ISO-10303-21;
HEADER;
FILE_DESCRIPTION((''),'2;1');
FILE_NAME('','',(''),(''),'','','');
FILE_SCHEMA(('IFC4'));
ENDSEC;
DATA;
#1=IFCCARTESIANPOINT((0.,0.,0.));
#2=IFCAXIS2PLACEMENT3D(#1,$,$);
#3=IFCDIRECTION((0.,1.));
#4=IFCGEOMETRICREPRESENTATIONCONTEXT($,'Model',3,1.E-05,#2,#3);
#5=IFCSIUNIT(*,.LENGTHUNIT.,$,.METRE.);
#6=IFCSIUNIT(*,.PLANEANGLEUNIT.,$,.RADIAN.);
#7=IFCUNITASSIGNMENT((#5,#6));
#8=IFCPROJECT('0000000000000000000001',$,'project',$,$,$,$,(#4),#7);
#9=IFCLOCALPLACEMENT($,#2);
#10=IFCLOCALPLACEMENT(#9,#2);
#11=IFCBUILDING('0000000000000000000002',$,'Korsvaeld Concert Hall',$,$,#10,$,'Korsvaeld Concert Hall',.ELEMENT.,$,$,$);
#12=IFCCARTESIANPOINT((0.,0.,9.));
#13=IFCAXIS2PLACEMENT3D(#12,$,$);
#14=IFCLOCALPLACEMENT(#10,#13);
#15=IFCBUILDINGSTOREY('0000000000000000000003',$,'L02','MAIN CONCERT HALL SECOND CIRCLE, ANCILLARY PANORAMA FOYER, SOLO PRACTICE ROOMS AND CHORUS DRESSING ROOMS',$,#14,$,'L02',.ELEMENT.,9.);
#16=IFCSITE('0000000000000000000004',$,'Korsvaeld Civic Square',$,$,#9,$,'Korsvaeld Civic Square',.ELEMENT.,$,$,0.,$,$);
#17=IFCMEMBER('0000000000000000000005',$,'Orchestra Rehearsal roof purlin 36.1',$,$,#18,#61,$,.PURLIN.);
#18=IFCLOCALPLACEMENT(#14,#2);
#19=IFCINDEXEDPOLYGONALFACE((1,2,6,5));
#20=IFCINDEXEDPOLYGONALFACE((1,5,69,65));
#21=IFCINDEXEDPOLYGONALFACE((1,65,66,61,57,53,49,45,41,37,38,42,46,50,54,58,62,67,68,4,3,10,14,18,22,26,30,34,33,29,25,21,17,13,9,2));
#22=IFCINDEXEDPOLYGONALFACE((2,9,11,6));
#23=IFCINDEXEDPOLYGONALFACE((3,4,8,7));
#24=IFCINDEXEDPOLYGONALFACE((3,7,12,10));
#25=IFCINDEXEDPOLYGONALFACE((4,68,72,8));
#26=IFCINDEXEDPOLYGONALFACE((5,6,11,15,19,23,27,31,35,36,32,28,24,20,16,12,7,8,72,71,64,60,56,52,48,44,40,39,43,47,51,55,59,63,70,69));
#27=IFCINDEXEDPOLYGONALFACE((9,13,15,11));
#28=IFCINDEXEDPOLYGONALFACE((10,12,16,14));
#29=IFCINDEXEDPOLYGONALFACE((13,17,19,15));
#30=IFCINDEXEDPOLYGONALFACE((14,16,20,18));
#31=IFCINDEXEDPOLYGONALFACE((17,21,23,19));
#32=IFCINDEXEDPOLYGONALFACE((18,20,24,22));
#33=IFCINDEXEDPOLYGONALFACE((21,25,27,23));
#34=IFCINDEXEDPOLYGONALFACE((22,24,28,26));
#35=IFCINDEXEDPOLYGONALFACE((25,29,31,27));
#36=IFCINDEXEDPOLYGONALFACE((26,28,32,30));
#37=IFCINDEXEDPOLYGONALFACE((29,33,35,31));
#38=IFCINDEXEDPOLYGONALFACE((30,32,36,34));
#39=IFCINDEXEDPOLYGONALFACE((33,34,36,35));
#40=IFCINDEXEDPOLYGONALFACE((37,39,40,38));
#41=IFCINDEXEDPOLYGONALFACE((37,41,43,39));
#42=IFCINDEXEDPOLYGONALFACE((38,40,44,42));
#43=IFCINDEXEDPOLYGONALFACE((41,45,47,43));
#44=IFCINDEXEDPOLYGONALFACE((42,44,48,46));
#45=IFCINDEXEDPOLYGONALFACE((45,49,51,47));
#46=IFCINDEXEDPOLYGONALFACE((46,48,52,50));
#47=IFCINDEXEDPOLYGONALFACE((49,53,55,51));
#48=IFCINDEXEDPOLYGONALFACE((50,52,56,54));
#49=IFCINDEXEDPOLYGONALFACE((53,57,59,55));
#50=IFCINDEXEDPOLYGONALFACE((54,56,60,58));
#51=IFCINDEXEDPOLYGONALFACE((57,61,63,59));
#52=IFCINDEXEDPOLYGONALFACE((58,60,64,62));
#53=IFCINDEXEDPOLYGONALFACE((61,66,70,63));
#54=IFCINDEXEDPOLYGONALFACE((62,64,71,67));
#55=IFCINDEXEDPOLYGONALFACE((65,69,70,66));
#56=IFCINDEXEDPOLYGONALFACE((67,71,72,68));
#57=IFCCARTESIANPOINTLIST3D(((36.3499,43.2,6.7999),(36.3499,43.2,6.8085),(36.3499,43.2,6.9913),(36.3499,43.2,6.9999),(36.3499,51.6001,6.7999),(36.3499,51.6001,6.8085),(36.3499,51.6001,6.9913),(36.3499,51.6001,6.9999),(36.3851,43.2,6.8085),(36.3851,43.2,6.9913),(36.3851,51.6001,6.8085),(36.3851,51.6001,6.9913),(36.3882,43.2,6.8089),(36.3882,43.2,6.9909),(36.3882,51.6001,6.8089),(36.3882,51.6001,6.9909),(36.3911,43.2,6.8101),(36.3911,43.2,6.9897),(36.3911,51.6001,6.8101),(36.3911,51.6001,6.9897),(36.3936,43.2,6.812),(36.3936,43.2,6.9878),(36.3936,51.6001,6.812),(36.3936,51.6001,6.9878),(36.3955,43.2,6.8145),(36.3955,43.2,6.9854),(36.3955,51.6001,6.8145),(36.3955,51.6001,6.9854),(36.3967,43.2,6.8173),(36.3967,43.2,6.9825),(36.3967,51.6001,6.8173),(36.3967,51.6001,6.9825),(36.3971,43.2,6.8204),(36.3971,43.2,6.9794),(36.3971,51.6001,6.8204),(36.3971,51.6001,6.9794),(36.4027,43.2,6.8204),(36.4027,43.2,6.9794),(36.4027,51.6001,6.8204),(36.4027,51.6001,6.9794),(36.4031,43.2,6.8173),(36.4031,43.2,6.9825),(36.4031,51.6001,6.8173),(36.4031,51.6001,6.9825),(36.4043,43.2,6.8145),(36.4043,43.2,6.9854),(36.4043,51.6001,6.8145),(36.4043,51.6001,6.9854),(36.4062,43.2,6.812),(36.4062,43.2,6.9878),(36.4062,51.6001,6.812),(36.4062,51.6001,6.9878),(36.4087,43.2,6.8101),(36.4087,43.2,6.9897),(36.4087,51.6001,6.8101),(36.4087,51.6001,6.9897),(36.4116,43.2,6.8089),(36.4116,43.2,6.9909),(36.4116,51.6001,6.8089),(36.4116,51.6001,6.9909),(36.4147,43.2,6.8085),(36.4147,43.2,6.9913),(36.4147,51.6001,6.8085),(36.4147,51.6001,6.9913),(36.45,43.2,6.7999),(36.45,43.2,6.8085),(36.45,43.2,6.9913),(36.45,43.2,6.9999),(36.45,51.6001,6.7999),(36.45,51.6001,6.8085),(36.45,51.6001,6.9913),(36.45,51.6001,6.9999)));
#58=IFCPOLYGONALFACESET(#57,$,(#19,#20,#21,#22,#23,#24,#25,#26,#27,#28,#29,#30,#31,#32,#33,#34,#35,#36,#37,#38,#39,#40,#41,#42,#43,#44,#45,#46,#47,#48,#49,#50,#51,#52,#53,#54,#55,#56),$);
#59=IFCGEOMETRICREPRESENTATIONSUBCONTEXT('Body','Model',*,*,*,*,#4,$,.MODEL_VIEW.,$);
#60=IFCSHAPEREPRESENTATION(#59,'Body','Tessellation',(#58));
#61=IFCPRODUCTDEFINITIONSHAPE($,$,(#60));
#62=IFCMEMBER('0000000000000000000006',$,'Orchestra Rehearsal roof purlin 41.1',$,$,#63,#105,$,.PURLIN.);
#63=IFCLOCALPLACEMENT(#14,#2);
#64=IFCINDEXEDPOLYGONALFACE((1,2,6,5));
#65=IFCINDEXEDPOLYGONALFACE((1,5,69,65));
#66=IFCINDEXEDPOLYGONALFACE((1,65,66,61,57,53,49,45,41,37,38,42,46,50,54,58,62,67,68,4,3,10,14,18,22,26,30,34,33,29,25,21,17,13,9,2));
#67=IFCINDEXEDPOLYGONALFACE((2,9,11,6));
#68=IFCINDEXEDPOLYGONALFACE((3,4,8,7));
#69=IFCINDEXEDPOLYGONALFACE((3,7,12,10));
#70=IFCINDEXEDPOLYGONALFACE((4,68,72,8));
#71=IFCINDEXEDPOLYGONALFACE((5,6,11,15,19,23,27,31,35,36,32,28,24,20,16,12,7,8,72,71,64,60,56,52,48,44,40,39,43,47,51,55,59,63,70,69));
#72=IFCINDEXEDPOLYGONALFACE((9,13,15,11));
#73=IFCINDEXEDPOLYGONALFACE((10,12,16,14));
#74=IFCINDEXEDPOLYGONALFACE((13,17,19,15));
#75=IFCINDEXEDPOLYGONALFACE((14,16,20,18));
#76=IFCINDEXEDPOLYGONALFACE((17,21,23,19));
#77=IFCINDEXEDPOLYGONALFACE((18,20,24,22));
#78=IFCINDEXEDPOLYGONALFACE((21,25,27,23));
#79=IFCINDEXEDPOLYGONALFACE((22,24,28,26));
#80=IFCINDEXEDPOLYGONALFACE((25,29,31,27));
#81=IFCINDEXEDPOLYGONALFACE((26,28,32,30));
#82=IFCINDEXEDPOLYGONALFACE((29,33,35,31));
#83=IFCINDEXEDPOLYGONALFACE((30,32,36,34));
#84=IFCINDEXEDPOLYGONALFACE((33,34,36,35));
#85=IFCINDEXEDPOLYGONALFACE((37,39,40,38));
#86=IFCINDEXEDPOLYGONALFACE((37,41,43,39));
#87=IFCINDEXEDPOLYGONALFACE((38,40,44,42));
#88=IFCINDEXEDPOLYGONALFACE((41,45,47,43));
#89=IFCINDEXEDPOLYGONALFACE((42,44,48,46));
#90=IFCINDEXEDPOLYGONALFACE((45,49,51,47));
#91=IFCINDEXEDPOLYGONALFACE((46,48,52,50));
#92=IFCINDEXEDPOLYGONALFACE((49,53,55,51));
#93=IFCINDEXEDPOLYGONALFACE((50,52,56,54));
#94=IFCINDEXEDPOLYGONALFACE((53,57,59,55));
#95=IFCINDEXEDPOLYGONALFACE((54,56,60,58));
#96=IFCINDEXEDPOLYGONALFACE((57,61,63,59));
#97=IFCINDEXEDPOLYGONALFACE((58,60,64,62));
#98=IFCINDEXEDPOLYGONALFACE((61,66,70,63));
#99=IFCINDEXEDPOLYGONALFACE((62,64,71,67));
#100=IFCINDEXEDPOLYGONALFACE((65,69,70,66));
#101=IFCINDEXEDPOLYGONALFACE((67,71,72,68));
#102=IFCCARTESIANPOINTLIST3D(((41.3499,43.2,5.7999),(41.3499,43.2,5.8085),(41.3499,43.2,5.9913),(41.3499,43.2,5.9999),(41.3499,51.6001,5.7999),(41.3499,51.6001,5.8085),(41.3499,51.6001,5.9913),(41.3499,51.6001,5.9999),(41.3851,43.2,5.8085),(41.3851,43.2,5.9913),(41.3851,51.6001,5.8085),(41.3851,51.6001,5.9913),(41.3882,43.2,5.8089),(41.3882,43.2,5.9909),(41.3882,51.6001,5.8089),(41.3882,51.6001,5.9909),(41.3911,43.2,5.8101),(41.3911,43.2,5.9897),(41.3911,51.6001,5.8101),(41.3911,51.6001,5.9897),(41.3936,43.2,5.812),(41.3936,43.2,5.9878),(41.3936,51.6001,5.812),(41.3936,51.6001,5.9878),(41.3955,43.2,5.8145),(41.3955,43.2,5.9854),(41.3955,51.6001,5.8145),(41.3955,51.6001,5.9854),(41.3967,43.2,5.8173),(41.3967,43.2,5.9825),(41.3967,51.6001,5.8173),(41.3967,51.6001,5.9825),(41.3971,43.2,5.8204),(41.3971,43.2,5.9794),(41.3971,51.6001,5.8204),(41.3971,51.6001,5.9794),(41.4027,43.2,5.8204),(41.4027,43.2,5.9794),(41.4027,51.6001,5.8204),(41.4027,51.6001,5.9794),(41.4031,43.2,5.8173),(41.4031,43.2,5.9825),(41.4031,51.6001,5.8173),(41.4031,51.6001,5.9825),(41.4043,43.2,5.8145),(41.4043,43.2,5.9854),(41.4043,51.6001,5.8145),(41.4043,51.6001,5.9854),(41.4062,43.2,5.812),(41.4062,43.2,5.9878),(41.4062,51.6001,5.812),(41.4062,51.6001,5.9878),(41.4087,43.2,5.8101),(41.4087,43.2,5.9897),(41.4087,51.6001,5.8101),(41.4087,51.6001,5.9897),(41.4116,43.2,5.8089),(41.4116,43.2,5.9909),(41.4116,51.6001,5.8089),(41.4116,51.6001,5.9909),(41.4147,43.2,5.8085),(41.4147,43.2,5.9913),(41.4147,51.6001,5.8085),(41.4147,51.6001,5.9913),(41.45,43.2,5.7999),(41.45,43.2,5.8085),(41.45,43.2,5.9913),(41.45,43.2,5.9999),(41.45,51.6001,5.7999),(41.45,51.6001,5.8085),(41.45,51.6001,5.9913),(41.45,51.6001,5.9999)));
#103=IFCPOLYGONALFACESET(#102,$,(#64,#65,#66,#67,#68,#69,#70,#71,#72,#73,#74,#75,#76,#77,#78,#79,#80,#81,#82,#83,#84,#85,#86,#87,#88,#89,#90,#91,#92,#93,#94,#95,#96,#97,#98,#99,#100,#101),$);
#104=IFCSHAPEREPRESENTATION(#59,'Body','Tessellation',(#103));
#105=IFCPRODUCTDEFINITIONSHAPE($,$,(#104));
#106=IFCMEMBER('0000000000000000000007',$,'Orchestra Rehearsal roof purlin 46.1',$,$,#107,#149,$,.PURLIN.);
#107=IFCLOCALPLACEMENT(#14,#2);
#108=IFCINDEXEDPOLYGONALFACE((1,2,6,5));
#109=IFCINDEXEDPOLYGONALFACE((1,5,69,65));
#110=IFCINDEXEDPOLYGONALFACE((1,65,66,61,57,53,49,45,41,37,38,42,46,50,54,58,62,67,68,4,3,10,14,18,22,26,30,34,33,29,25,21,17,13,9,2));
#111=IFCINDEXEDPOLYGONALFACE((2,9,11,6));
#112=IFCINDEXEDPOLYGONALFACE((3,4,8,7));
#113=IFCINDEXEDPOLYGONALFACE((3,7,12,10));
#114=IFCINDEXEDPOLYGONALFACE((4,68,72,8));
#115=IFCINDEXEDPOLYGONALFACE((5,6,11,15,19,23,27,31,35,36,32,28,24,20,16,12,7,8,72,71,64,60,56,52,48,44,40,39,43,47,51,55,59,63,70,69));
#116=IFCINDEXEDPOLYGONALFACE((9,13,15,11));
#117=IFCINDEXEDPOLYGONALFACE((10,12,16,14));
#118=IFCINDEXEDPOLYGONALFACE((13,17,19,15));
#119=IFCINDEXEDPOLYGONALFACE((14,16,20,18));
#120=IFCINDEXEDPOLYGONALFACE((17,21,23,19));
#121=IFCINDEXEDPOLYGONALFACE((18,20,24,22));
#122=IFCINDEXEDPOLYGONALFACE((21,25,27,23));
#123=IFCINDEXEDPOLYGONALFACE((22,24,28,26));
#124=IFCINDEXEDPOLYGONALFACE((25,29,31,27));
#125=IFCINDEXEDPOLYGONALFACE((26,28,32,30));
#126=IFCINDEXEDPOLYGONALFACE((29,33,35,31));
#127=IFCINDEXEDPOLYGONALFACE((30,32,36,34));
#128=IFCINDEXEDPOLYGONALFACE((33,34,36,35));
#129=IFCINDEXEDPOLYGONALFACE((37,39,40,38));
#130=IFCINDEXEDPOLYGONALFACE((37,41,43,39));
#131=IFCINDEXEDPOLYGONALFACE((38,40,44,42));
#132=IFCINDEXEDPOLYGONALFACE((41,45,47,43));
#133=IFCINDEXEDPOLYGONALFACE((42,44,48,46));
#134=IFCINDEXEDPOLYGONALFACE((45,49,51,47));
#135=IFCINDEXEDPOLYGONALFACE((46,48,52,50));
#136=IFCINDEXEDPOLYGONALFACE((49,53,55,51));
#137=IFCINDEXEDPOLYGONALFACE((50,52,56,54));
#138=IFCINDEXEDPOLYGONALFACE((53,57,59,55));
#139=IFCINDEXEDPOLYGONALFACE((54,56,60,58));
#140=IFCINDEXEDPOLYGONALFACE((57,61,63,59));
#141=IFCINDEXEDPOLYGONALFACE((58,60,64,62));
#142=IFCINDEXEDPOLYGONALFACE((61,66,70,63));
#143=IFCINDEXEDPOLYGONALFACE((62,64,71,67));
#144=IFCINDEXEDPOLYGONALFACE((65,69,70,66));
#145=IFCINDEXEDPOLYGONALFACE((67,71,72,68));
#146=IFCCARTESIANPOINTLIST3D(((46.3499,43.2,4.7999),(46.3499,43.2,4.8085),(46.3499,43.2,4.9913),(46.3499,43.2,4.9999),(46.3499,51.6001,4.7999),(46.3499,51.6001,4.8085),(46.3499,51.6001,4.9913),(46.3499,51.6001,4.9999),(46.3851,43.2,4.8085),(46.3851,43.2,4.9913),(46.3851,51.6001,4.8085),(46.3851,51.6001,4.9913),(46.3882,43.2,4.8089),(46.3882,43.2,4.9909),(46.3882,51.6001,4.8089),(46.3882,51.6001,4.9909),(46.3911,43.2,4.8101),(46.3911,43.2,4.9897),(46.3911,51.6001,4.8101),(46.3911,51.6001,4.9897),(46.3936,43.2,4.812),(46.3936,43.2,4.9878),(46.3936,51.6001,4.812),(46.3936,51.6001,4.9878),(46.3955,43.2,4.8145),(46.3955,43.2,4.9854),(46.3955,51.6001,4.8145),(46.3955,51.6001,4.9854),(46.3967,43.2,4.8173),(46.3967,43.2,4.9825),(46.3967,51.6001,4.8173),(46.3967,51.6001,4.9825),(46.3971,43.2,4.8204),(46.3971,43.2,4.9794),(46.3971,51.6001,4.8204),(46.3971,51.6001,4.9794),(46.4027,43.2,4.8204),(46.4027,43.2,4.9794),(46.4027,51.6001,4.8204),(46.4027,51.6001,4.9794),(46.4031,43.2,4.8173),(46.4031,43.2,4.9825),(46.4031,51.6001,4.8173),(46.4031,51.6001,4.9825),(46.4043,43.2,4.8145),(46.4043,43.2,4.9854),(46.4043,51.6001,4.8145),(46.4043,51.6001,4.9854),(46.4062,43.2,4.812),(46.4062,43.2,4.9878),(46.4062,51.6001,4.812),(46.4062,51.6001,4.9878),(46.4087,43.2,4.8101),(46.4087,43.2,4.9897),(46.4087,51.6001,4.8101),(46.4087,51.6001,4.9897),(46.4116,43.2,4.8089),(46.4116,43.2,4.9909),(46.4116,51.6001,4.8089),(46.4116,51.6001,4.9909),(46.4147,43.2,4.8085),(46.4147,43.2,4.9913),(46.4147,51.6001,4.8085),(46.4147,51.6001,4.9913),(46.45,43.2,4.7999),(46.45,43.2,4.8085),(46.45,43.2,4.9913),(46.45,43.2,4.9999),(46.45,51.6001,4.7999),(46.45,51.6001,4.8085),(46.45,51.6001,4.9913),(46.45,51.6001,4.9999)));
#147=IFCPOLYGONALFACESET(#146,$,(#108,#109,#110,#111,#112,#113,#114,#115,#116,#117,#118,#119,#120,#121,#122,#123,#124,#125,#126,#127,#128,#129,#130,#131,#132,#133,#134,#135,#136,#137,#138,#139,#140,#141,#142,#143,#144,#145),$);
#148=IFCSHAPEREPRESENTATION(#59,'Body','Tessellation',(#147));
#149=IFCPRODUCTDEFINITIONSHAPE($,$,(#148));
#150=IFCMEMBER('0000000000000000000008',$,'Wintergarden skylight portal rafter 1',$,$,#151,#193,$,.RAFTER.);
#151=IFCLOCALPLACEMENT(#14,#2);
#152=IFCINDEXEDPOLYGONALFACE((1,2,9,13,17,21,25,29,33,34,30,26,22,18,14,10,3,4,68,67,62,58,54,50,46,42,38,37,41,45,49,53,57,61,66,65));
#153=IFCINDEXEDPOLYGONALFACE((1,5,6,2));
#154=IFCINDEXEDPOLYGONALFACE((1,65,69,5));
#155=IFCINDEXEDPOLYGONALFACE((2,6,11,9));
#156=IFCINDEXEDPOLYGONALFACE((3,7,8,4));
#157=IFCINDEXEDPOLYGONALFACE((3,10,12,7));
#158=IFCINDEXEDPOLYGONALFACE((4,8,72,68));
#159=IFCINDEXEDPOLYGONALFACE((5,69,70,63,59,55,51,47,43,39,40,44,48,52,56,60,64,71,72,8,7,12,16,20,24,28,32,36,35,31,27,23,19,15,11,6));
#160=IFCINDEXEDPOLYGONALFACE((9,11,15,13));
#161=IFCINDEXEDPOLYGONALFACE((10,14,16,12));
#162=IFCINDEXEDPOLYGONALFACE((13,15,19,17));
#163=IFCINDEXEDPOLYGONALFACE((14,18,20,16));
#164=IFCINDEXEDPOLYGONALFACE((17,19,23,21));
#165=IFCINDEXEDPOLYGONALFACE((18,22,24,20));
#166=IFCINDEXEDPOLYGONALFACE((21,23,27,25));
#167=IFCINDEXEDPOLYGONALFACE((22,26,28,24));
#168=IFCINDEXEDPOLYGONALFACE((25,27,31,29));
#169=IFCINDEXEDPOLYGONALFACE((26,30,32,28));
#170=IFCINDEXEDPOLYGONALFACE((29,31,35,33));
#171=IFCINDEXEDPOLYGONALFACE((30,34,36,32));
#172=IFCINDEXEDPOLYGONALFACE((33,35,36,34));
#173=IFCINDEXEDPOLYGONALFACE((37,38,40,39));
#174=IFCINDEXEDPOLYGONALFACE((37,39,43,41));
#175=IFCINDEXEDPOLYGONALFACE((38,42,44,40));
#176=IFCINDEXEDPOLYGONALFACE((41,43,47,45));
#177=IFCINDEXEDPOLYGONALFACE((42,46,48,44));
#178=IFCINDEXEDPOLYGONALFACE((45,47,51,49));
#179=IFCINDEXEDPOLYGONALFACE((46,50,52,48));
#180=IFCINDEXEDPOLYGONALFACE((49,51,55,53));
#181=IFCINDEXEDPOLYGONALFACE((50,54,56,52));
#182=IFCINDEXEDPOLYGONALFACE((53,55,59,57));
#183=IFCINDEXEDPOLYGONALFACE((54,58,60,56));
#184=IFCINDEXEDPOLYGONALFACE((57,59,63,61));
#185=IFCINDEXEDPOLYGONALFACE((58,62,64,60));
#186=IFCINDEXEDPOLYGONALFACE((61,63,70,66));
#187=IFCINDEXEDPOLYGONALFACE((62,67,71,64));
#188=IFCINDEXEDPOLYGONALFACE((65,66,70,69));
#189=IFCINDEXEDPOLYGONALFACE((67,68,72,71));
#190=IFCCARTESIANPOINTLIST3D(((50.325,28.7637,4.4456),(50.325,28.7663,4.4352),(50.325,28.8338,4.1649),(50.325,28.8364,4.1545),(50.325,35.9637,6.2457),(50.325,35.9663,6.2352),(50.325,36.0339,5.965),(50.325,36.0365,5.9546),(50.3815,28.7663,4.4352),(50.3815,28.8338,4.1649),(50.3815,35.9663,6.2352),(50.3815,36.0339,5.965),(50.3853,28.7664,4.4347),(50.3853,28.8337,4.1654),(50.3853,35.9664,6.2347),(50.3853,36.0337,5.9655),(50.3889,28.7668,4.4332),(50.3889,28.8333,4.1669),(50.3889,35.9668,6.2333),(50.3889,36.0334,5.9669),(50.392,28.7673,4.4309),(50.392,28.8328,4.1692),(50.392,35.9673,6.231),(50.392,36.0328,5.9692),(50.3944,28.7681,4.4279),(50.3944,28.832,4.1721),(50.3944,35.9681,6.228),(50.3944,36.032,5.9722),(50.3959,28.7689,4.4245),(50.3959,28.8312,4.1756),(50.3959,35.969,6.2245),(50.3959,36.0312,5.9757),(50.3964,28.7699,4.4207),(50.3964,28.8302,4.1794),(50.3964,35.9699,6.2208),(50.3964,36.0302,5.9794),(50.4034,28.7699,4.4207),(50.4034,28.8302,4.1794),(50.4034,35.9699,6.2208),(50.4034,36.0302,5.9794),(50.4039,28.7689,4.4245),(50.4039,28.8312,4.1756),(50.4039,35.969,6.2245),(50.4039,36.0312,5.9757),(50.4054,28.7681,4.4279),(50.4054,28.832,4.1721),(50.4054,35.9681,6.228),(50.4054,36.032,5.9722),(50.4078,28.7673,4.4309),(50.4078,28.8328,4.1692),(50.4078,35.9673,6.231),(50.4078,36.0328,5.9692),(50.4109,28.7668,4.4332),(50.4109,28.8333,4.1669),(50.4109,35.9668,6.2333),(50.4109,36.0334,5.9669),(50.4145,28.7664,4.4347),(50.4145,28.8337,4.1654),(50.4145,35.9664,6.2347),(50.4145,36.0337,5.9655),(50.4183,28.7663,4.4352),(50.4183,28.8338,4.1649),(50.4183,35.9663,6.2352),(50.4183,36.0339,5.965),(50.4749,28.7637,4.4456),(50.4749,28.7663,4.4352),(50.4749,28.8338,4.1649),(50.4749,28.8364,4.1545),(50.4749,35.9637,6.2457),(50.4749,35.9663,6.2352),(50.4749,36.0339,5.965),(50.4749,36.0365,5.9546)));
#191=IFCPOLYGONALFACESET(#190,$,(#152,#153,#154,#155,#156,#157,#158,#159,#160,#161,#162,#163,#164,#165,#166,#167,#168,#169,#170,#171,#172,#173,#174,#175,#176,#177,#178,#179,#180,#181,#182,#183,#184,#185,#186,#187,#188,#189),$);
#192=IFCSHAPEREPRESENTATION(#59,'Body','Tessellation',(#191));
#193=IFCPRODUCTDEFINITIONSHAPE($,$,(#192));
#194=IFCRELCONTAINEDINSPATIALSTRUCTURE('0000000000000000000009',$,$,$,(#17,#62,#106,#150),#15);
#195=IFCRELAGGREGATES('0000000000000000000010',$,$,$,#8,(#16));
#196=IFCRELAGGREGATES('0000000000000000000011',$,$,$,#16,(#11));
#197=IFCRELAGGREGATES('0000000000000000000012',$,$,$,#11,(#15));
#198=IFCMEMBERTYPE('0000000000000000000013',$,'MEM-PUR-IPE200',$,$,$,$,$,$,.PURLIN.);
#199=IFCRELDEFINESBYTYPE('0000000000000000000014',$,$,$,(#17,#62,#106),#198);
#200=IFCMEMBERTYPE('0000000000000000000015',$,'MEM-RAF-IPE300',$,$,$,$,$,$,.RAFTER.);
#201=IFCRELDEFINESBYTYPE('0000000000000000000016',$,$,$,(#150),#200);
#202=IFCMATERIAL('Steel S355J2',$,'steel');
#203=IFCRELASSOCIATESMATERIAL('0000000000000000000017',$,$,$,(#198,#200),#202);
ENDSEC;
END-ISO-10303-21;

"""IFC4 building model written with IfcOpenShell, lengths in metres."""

from ifc_helpers import new_model, si_unit, direction, frame, origin, origin_2d, place, context, subcontext, project, spatial, i_section, extrude, material, material_profile, profile_set, type_object, element, save


model = new_model("IFC4")

# Units and contexts
model_context = context("Model", 3, precision=1e-05, world=origin(), true_north=direction((0.0, 1.0)))
body_context = subcontext(model_context, "Body", "Model", "MODEL_VIEW")
ifc_project = project(units=[si_unit("LENGTHUNIT", "METRE"), si_unit("PLANEANGLEUNIT", "RADIAN")], contexts=[model_context])

# Site, building, storey
site_placement = place(None, origin())
site = spatial("IfcSite", under=ifc_project, at=site_placement, Name="Korsvaeld Civic Square", LongName="Korsvaeld Civic Square", CompositionType="ELEMENT", RefElevation=0.0)
building_placement = place(site_placement, origin())
building = spatial("IfcBuilding", under=site, at=building_placement, Name="Korsvaeld Concert Hall", LongName="Korsvaeld Concert Hall", CompositionType="ELEMENT")
storey_placement = place(building_placement, frame((0.0, 0.0, 9.0)))
storey = spatial("IfcBuildingStorey", under=building, at=storey_placement, Name="L02", Description="MAIN CONCERT HALL SECOND CIRCLE, ANCILLARY PANORAMA FOYER, SOLO PRACTICE ROOMS AND CHORUS DRESSING ROOMS", LongName="L02", CompositionType="ELEMENT", Elevation=9.0)

# Members
ifc_material_1 = material(Name="Steel S355J2", Category="steel")
ifc_material_profile_1 = material_profile(ifc_material_1, i_section(OverallWidth=0.1001, OverallDepth=0.2, WebThickness=0.0056, FlangeThickness=0.0085, FilletRadius=0.012, at=origin_2d()), Name="IPE 200")
ifc_profile_set_1 = profile_set([ifc_material_profile_1], Name="Steel S355J2")
member_type_1 = type_object("IfcMemberType", Name="MEM-PUR-IPE200", PredefinedType="PURLIN", material=ifc_profile_set_1)
for number, where, z_axis, x_axis, name in (
    (1, (36.3999, 43.2, 6.8999), (0.0, 1.0, 0.0), (-1.0, 0.0, 0.0), "Orchestra Rehearsal roof purlin 36.1"),
    (2, (41.3999, 43.2, 5.8999), (0.0, 1.0, 0.0), (-1.0, 0.0, 0.0), "Orchestra Rehearsal roof purlin 41.1"),
    (3, (46.3999, 43.2, 4.8999), (0.0, 1.0, 0.0), (-1.0, 0.0, 0.0), "Orchestra Rehearsal roof purlin 46.1"),
):
    element("IfcMember", number, at=place(storey_placement, frame(where, z_axis=z_axis, x_axis=x_axis)), inside=storey, type_object=member_type_1, Name=name, PredefinedType="PURLIN", context=body_context, shape_type="SweptSolid", body=[
        extrude(i_section(OverallWidth=0.1001, OverallDepth=0.2, WebThickness=0.0056, FlangeThickness=0.0085, FilletRadius=0.012, at=origin_2d()), origin(), (0.0, 0.0, 1.0), 8.4001),
    ])
ifc_material_profile_2 = material_profile(ifc_material_1, i_section(OverallWidth=0.1499, OverallDepth=0.3, WebThickness=0.0071, FlangeThickness=0.0107, FilletRadius=0.0149, at=origin_2d()), Name="IPE 300")
ifc_profile_set_2 = profile_set([ifc_material_profile_2], Name="Steel S355J2")
member_type_2 = type_object("IfcMemberType", Name="MEM-RAF-IPE300", PredefinedType="RAFTER", material=ifc_profile_set_2)
member_1_placement = place(storey_placement, frame((50.3999, 28.8, 4.3), z_axis=(0.0, 0.970141, 0.242543), x_axis=(-1.0, 0.0, 0.0)))
element("IfcMember", 4, at=member_1_placement, inside=storey, type_object=member_type_2, Name="Wintergarden skylight portal rafter 1", PredefinedType="RAFTER", context=body_context, shape_type="SweptSolid", body=[
    extrude(i_section(OverallWidth=0.1499, OverallDepth=0.3, WebThickness=0.0071, FlangeThickness=0.0107, FilletRadius=0.0149, at=origin_2d()), origin(), (0.0, 0.0, 1.0), 7.4216),
])

save(model, "model.ifc")
